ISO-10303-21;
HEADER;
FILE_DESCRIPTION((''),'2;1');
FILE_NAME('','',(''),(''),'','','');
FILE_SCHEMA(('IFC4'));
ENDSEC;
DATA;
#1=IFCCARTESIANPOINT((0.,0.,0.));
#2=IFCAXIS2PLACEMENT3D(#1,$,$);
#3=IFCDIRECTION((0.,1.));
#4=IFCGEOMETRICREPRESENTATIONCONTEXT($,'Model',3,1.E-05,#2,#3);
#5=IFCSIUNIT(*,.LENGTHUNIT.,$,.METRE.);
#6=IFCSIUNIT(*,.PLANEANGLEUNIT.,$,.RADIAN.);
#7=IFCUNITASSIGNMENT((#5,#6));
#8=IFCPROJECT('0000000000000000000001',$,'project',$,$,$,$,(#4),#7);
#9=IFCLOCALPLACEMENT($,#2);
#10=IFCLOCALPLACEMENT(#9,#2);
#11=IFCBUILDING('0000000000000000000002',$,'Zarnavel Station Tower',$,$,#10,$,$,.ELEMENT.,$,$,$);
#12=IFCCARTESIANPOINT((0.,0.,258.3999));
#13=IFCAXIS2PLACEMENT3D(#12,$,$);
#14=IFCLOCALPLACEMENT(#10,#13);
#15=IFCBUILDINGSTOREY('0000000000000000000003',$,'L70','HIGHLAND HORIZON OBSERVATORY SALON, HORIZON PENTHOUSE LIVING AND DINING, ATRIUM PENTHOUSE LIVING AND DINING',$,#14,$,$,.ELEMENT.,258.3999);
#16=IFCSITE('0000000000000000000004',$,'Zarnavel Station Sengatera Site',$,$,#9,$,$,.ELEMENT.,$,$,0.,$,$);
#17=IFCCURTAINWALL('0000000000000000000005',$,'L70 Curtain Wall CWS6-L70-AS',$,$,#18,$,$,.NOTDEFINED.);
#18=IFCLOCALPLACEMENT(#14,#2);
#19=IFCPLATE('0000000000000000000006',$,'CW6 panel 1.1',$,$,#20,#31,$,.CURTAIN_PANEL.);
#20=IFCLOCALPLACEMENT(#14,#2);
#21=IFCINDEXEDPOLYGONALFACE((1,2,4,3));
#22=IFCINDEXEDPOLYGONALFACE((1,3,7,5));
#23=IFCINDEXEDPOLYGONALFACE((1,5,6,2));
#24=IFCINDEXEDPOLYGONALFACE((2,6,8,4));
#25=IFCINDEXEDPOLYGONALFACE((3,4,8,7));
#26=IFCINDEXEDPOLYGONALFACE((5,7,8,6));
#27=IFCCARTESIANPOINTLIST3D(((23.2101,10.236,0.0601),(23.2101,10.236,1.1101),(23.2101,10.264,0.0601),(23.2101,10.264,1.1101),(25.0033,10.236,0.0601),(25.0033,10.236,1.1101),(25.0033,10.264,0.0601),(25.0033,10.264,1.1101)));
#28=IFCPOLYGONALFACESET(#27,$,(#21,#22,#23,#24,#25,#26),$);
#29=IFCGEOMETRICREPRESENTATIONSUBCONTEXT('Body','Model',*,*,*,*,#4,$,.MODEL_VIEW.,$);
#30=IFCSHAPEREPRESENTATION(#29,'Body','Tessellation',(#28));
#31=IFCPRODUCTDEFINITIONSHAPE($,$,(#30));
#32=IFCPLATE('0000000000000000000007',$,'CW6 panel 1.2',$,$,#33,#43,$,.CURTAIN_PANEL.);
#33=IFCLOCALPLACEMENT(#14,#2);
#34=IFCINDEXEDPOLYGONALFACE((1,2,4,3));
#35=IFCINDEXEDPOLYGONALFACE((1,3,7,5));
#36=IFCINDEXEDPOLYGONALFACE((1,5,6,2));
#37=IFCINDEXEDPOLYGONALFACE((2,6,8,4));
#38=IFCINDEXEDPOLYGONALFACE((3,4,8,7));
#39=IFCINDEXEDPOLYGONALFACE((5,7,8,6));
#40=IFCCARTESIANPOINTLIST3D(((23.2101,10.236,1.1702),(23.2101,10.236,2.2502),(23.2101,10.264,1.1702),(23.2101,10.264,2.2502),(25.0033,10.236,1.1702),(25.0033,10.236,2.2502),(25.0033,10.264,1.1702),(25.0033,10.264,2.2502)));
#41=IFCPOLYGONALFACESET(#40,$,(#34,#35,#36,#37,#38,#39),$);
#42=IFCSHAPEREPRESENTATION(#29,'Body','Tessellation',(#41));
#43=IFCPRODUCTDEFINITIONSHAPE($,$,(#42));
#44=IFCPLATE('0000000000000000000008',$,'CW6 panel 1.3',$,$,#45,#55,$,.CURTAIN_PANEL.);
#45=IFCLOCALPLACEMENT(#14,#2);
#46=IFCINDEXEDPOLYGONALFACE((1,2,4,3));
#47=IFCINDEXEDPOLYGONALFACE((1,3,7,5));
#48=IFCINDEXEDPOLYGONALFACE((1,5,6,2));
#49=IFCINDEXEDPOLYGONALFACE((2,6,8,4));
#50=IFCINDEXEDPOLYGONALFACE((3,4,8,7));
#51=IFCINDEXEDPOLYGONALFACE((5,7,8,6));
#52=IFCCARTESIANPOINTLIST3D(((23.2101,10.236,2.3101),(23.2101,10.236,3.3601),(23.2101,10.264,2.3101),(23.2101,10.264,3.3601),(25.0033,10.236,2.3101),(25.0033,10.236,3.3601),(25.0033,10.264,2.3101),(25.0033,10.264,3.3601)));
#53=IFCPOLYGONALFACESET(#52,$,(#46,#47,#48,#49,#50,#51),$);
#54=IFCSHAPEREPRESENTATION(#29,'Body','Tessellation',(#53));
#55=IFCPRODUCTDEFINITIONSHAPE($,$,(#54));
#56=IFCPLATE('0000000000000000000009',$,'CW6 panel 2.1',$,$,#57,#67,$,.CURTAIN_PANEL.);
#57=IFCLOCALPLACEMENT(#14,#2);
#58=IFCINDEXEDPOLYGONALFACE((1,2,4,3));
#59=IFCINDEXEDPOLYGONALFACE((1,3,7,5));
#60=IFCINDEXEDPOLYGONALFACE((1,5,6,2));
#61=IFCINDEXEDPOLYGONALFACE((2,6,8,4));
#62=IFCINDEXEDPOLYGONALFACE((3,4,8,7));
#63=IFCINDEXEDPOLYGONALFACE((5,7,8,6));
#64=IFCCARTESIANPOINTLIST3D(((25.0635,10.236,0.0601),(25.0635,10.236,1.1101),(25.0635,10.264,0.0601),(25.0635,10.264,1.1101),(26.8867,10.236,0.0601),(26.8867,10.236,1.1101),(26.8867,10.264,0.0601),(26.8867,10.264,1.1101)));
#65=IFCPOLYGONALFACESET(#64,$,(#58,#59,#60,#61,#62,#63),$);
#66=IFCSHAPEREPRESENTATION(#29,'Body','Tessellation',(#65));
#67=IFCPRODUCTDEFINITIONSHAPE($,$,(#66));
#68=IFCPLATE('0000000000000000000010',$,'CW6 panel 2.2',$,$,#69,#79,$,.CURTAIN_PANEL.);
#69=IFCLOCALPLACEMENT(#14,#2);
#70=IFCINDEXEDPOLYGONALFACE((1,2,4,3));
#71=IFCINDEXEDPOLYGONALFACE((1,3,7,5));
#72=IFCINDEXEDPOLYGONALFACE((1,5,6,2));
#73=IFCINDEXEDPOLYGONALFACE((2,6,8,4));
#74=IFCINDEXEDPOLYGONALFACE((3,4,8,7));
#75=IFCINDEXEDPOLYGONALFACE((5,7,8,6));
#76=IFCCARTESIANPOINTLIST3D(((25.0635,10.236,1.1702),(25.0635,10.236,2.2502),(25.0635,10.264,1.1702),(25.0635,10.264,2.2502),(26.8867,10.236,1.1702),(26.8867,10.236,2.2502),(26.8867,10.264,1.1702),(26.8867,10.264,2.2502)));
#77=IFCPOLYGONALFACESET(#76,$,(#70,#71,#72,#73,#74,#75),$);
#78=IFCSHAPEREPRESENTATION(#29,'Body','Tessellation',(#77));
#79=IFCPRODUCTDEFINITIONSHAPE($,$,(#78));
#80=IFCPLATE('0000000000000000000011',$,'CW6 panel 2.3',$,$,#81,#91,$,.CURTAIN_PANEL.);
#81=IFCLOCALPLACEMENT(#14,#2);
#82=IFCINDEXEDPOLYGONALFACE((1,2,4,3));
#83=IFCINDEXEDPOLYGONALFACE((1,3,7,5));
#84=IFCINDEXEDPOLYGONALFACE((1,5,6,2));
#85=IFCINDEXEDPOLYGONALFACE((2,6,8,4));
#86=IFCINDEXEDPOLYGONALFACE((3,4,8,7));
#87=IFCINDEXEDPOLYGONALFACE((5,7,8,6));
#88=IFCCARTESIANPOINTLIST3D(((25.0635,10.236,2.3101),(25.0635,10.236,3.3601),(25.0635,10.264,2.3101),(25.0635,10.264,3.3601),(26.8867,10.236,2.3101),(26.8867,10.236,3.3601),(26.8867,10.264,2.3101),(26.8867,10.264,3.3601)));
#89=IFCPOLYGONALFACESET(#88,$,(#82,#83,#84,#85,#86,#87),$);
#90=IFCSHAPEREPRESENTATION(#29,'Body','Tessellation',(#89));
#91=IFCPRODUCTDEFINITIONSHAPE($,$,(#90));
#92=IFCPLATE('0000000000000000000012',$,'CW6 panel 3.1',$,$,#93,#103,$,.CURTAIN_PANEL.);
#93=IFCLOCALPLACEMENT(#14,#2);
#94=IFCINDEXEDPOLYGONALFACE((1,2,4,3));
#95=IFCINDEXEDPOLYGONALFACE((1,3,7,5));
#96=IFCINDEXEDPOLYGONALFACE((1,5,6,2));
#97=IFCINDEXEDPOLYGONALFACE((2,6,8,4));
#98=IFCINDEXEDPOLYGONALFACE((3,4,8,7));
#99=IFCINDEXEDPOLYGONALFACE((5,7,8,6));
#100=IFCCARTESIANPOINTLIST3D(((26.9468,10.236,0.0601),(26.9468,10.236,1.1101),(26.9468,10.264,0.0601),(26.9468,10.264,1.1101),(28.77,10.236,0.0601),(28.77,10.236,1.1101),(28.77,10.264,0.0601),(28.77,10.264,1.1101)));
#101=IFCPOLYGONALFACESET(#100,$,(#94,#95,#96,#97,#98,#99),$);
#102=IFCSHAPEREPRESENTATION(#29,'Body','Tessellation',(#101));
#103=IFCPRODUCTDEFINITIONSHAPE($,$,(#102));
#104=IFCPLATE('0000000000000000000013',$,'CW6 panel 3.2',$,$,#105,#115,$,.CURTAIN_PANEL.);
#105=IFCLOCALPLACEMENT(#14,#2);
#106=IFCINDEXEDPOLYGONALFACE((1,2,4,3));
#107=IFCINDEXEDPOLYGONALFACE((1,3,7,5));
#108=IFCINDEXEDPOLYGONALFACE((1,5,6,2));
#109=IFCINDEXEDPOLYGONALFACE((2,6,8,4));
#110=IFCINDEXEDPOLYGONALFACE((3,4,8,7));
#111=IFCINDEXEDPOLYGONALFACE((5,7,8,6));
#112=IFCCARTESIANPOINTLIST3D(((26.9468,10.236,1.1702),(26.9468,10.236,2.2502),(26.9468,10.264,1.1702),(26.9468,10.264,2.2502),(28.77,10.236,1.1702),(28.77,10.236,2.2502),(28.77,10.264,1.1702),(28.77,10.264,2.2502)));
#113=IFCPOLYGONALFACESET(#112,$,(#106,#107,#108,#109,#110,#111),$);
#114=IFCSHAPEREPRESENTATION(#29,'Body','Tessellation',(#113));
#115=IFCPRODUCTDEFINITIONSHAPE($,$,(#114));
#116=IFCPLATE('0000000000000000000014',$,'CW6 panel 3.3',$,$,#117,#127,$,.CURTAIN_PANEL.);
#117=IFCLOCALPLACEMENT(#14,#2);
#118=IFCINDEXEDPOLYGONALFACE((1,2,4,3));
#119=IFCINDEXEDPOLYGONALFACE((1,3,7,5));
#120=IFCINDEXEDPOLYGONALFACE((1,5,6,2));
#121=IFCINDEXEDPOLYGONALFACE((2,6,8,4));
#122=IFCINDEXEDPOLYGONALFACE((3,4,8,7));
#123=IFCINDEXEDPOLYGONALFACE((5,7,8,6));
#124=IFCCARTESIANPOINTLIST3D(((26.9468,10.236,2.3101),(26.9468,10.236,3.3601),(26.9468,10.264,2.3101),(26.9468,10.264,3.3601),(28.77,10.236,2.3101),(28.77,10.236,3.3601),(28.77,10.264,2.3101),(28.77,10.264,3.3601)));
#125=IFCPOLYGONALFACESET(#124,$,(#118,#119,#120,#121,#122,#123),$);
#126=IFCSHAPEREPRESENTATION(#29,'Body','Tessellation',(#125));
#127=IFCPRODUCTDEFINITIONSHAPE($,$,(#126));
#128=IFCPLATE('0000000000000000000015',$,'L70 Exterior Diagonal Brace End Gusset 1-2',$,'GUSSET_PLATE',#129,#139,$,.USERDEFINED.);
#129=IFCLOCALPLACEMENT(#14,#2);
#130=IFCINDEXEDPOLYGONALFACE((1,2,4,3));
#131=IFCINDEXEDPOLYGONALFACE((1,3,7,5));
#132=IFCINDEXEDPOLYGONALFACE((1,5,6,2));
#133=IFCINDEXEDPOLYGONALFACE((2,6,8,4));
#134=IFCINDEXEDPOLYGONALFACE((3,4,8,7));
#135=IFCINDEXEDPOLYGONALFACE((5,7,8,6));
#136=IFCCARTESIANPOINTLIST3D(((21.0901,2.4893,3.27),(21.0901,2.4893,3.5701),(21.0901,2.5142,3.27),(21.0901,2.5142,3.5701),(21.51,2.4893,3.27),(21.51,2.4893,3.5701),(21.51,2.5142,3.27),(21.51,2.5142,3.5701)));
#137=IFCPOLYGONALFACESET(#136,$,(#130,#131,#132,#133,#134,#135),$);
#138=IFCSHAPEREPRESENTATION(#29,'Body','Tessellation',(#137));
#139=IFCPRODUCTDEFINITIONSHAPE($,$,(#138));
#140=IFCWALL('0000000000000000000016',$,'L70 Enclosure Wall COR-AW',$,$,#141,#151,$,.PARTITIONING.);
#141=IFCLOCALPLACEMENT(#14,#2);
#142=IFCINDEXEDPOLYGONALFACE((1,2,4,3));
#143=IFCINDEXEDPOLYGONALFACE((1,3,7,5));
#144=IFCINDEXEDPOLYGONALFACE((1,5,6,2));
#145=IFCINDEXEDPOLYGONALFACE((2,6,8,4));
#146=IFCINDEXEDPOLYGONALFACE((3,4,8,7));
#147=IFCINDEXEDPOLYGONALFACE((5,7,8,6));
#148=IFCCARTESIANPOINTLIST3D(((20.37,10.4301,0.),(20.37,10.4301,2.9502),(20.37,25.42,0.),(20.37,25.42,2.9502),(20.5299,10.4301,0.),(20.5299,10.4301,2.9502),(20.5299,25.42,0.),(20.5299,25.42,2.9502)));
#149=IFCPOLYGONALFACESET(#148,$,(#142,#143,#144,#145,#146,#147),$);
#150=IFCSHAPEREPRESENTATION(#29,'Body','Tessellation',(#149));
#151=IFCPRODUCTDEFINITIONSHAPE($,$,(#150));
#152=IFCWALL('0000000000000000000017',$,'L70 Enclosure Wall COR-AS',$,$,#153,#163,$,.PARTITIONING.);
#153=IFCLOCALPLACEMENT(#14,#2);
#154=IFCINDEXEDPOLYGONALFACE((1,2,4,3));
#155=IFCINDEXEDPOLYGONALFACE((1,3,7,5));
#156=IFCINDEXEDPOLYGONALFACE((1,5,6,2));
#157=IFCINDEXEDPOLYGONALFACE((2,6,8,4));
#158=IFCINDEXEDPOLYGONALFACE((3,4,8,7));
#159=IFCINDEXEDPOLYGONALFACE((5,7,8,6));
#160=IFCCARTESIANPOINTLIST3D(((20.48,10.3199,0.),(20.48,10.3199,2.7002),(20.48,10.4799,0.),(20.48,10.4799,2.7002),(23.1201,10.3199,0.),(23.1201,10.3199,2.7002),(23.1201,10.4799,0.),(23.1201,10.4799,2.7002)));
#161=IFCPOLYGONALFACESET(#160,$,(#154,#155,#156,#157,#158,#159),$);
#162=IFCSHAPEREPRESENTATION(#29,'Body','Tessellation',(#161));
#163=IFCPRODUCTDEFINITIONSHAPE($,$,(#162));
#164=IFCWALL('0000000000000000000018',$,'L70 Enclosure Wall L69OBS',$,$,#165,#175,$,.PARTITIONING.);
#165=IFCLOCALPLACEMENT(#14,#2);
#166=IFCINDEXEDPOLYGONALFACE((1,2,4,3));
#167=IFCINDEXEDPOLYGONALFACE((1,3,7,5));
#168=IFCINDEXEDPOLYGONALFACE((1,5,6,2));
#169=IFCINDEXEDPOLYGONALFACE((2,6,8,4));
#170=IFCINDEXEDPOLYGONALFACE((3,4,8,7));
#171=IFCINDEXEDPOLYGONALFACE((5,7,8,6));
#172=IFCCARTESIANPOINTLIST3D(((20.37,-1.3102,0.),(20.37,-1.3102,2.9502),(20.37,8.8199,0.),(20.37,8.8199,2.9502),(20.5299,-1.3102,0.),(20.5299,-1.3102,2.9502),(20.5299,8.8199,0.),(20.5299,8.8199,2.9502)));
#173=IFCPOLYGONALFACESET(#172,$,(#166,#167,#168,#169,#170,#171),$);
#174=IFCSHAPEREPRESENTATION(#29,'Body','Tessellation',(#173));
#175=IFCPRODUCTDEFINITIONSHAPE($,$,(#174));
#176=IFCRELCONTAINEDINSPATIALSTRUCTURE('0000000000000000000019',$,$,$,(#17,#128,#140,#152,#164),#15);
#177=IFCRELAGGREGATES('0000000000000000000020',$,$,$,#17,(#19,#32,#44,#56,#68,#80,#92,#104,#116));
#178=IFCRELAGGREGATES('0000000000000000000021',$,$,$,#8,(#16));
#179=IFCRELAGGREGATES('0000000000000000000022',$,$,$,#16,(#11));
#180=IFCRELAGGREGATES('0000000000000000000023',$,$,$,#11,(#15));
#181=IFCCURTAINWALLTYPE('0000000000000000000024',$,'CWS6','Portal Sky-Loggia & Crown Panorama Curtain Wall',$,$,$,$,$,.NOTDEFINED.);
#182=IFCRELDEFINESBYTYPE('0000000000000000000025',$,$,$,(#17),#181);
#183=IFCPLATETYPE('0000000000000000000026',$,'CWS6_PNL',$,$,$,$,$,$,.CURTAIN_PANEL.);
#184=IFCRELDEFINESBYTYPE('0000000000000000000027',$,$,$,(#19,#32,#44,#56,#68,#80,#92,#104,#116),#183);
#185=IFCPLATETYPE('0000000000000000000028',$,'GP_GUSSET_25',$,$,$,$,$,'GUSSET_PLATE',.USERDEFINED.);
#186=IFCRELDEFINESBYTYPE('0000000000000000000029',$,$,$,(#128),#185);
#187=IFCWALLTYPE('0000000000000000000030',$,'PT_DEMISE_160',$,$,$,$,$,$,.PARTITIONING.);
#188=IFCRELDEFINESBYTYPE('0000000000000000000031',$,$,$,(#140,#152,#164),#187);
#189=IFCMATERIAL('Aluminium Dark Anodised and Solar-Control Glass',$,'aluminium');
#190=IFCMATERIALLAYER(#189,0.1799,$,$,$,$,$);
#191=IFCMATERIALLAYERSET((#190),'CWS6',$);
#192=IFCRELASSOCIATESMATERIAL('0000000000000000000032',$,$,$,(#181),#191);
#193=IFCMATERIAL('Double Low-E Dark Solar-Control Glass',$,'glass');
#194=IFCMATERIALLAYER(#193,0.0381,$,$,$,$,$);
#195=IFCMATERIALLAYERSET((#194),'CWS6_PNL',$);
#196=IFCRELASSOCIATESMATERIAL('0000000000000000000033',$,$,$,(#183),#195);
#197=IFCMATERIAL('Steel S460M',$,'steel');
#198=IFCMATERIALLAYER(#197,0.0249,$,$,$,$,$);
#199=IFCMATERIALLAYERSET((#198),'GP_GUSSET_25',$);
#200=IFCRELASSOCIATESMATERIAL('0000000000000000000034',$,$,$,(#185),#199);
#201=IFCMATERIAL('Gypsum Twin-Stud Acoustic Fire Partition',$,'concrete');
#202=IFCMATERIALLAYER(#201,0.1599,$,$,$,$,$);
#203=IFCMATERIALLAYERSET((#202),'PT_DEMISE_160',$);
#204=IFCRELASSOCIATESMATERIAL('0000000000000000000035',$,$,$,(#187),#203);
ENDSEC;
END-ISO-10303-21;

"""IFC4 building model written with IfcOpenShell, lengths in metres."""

from ifc_helpers import new_model, si_unit, direction, frame, frame_2d, origin, origin_2d, place, context, subcontext, project, spatial, rectangle, extrude, material, layer, layer_set, type_object, element, aggregate, save


model = new_model("IFC4")

# Units and contexts
model_context = context("Model", 3, precision=1e-05, world=origin(), true_north=direction((0.0, 1.0)))
body_context = subcontext(model_context, "Body", "Model", "MODEL_VIEW")
ifc_project = project(units=[si_unit("LENGTHUNIT", "METRE"), si_unit("PLANEANGLEUNIT", "RADIAN")], contexts=[model_context])

# Site, building, storey
site_placement = place(None, origin())
site = spatial("IfcSite", under=ifc_project, at=site_placement, Name="Zarnavel Station Sengatera Site", CompositionType="ELEMENT", RefElevation=0.0)
building_placement = place(site_placement, origin())
building = spatial("IfcBuilding", under=site, at=building_placement, Name="Zarnavel Station Tower", CompositionType="ELEMENT")
storey_placement = place(building_placement, frame((0.0, 0.0, 258.3999)))
storey = spatial("IfcBuildingStorey", under=building, at=storey_placement, Name="L70", Description="HIGHLAND HORIZON OBSERVATORY SALON, HORIZON PENTHOUSE LIVING AND DINING, ATRIUM PENTHOUSE LIVING AND DINING", CompositionType="ELEMENT", Elevation=258.3999)

# Curtain wall
ifc_material_1 = material(Name="Aluminium Dark Anodised and Solar-Control Glass", Category="aluminium")
ifc_layer_1 = layer(ifc_material_1, 0.1799)
ifc_layer_set_1 = layer_set([ifc_layer_1], Name="CWS6")
curtain_wall_type = type_object("IfcCurtainWallType", Name="CWS6", Description="Portal Sky-Loggia & Crown Panorama Curtain Wall", PredefinedType="NOTDEFINED", material=ifc_layer_set_1)
curtain_wall_placement = place(storey_placement, origin())
curtain_wall = element("IfcCurtainWall", 1, at=curtain_wall_placement, inside=storey, type_object=curtain_wall_type, Name="L70 Curtain Wall CWS6-L70-AS", PredefinedType="NOTDEFINED")

# Plates
ifc_material_2 = material(Name="Double Low-E Dark Solar-Control Glass", Category="glass")
ifc_layer_2 = layer(ifc_material_2, 0.0381)
ifc_layer_set_2 = layer_set([ifc_layer_2], Name="CWS6_PNL")
plate_type_1 = type_object("IfcPlateType", Name="CWS6_PNL", PredefinedType="CURTAIN_PANEL", material=ifc_layer_set_2)
plate_1_placement = place(storey_placement, frame((24.1067, 10.25, 0.0601), z_axis=(0.0, 0.0, 1.0), x_axis=(1.0, 0.0, 0.0)))
plate_1 = element("IfcPlate", 2, at=plate_1_placement, type_object=plate_type_1, Name="CW6 panel 1.1", PredefinedType="CURTAIN_PANEL", context=body_context, shape_type="SweptSolid", body=[
    extrude(rectangle(XDim=1.7932, YDim=0.0281, at=origin_2d()), origin(), (0.0, 0.0, 1.0), 1.05),
])
plate_2_placement = place(storey_placement, frame((24.1067, 10.25, 1.1702), z_axis=(0.0, 0.0, 1.0), x_axis=(1.0, 0.0, 0.0)))
plate_2 = element("IfcPlate", 3, at=plate_2_placement, type_object=plate_type_1, Name="CW6 panel 1.2", PredefinedType="CURTAIN_PANEL", context=body_context, shape_type="SweptSolid", body=[
    extrude(rectangle(XDim=1.7932, YDim=0.0281, at=origin_2d()), origin(), (0.0, 0.0, 1.0), 1.0801),
])
plate_3_placement = place(storey_placement, frame((24.1067, 10.25, 2.3101), z_axis=(0.0, 0.0, 1.0), x_axis=(1.0, 0.0, 0.0)))
plate_3 = element("IfcPlate", 4, at=plate_3_placement, type_object=plate_type_1, Name="CW6 panel 1.3", PredefinedType="CURTAIN_PANEL", context=body_context, shape_type="SweptSolid", body=[
    extrude(rectangle(XDim=1.7932, YDim=0.0281, at=origin_2d()), origin(), (0.0, 0.0, 1.0), 1.05),
])
plate_4_placement = place(storey_placement, frame((25.9751, 10.25, 0.0601), z_axis=(0.0, 0.0, 1.0), x_axis=(1.0, 0.0, 0.0)))
plate_4 = element("IfcPlate", 5, at=plate_4_placement, type_object=plate_type_1, Name="CW6 panel 2.1", PredefinedType="CURTAIN_PANEL", context=body_context, shape_type="SweptSolid", body=[
    extrude(rectangle(XDim=1.8232, YDim=0.0281, at=origin_2d()), origin(), (0.0, 0.0, 1.0), 1.05),
])
plate_5_placement = place(storey_placement, frame((25.9751, 10.25, 1.1702), z_axis=(0.0, 0.0, 1.0), x_axis=(1.0, 0.0, 0.0)))
plate_5 = element("IfcPlate", 6, at=plate_5_placement, type_object=plate_type_1, Name="CW6 panel 2.2", PredefinedType="CURTAIN_PANEL", context=body_context, shape_type="SweptSolid", body=[
    extrude(rectangle(XDim=1.8232, YDim=0.0281, at=origin_2d()), origin(), (0.0, 0.0, 1.0), 1.0801),
])
plate_6_placement = place(storey_placement, frame((25.9751, 10.25, 2.3101), z_axis=(0.0, 0.0, 1.0), x_axis=(1.0, 0.0, 0.0)))
plate_6 = element("IfcPlate", 7, at=plate_6_placement, type_object=plate_type_1, Name="CW6 panel 2.3", PredefinedType="CURTAIN_PANEL", context=body_context, shape_type="SweptSolid", body=[
    extrude(rectangle(XDim=1.8232, YDim=0.0281, at=origin_2d()), origin(), (0.0, 0.0, 1.0), 1.05),
])
plate_7_placement = place(storey_placement, frame((27.8584, 10.25, 0.0601), z_axis=(0.0, 0.0, 1.0), x_axis=(1.0, 0.0, 0.0)))
plate_7 = element("IfcPlate", 8, at=plate_7_placement, type_object=plate_type_1, Name="CW6 panel 3.1", PredefinedType="CURTAIN_PANEL", context=body_context, shape_type="SweptSolid", body=[
    extrude(rectangle(XDim=1.8232, YDim=0.0281, at=origin_2d()), origin(), (0.0, 0.0, 1.0), 1.05),
])
plate_8_placement = place(storey_placement, frame((27.8584, 10.25, 1.1702), z_axis=(0.0, 0.0, 1.0), x_axis=(1.0, 0.0, 0.0)))
plate_8 = element("IfcPlate", 9, at=plate_8_placement, type_object=plate_type_1, Name="CW6 panel 3.2", PredefinedType="CURTAIN_PANEL", context=body_context, shape_type="SweptSolid", body=[
    extrude(rectangle(XDim=1.8232, YDim=0.0281, at=origin_2d()), origin(), (0.0, 0.0, 1.0), 1.0801),
])
plate_9_placement = place(storey_placement, frame((27.8584, 10.25, 2.3101), z_axis=(0.0, 0.0, 1.0), x_axis=(1.0, 0.0, 0.0)))
plate_9 = element("IfcPlate", 10, at=plate_9_placement, type_object=plate_type_1, Name="CW6 panel 3.3", PredefinedType="CURTAIN_PANEL", context=body_context, shape_type="SweptSolid", body=[
    extrude(rectangle(XDim=1.8232, YDim=0.0281, at=origin_2d()), origin(), (0.0, 0.0, 1.0), 1.05),
])
aggregate(curtain_wall, [plate_1, plate_2, plate_3, plate_4, plate_5, plate_6, plate_7, plate_8, plate_9])
ifc_material_3 = material(Name="Steel S460M", Category="steel")
ifc_layer_3 = layer(ifc_material_3, 0.0249)
ifc_layer_set_3 = layer_set([ifc_layer_3], Name="GP_GUSSET_25")
plate_type_2 = type_object("IfcPlateType", Name="GP_GUSSET_25", ElementType="GUSSET_PLATE", PredefinedType="USERDEFINED", material=ifc_layer_set_3)
plate_10_placement = place(storey_placement, frame((21.3, 2.5017, 3.27), z_axis=(0.0, 0.0, 1.0), x_axis=(1.0, 0.0, 0.0)))
element("IfcPlate", 11, at=plate_10_placement, inside=storey, type_object=plate_type_2, Name="L70 Exterior Diagonal Brace End Gusset 1-2", ObjectType="GUSSET_PLATE", PredefinedType="USERDEFINED", context=body_context, shape_type="SweptSolid", body=[
    extrude(rectangle(XDim=0.4199, YDim=0.0249, at=origin_2d()), origin(), (0.0, 0.0, 1.0), 0.3),
])

# Walls
ifc_material_4 = material(Name="Gypsum Twin-Stud Acoustic Fire Partition", Category="concrete")
ifc_layer_4 = layer(ifc_material_4, 0.1599)
ifc_layer_set_4 = layer_set([ifc_layer_4], Name="PT_DEMISE_160")
wall_type_1 = type_object("IfcWallType", Name="PT_DEMISE_160", PredefinedType="PARTITIONING", material=ifc_layer_set_4)
wall_1_placement = place(storey_placement, frame((20.45, 10.4299, 0.0), z_axis=(0.0, 0.0, 1.0), x_axis=(0.0, 1.0, 0.0)))
element("IfcWall", 12, at=wall_1_placement, inside=storey, type_object=wall_type_1, Name="L70 Enclosure Wall COR-AW", PredefinedType="PARTITIONING", context=body_context, shape_type="SweptSolid", body=[
    extrude(rectangle(XDim=14.99, YDim=0.1599, at=frame_2d((7.4951, 0.0))), origin(), (0.0, 0.0, 1.0), 2.9502),
])
wall_2_placement = place(storey_placement, frame((20.48, 10.3999, 0.0), z_axis=(0.0, 0.0, 1.0), x_axis=(1.0, 0.0, 0.0)))
element("IfcWall", 13, at=wall_2_placement, inside=storey, type_object=wall_type_1, Name="L70 Enclosure Wall COR-AS", PredefinedType="PARTITIONING", context=body_context, shape_type="SweptSolid", body=[
    extrude(rectangle(XDim=2.6401, YDim=0.1599, at=frame_2d((1.3201, 0.0))), origin(), (0.0, 0.0, 1.0), 2.7002),
])
wall_3_placement = place(storey_placement, frame((20.45, -1.3101, 0.0), z_axis=(0.0, 0.0, 1.0), x_axis=(0.0, 1.0, 0.0)))
element("IfcWall", 14, at=wall_3_placement, inside=storey, type_object=wall_type_1, Name="L70 Enclosure Wall L69OBS", PredefinedType="PARTITIONING", context=body_context, shape_type="SweptSolid", body=[
    extrude(rectangle(XDim=10.1301, YDim=0.1599, at=frame_2d((5.0649, 0.0))), origin(), (0.0, 0.0, 1.0), 2.9502),
])

save(model, "model.ifc")
